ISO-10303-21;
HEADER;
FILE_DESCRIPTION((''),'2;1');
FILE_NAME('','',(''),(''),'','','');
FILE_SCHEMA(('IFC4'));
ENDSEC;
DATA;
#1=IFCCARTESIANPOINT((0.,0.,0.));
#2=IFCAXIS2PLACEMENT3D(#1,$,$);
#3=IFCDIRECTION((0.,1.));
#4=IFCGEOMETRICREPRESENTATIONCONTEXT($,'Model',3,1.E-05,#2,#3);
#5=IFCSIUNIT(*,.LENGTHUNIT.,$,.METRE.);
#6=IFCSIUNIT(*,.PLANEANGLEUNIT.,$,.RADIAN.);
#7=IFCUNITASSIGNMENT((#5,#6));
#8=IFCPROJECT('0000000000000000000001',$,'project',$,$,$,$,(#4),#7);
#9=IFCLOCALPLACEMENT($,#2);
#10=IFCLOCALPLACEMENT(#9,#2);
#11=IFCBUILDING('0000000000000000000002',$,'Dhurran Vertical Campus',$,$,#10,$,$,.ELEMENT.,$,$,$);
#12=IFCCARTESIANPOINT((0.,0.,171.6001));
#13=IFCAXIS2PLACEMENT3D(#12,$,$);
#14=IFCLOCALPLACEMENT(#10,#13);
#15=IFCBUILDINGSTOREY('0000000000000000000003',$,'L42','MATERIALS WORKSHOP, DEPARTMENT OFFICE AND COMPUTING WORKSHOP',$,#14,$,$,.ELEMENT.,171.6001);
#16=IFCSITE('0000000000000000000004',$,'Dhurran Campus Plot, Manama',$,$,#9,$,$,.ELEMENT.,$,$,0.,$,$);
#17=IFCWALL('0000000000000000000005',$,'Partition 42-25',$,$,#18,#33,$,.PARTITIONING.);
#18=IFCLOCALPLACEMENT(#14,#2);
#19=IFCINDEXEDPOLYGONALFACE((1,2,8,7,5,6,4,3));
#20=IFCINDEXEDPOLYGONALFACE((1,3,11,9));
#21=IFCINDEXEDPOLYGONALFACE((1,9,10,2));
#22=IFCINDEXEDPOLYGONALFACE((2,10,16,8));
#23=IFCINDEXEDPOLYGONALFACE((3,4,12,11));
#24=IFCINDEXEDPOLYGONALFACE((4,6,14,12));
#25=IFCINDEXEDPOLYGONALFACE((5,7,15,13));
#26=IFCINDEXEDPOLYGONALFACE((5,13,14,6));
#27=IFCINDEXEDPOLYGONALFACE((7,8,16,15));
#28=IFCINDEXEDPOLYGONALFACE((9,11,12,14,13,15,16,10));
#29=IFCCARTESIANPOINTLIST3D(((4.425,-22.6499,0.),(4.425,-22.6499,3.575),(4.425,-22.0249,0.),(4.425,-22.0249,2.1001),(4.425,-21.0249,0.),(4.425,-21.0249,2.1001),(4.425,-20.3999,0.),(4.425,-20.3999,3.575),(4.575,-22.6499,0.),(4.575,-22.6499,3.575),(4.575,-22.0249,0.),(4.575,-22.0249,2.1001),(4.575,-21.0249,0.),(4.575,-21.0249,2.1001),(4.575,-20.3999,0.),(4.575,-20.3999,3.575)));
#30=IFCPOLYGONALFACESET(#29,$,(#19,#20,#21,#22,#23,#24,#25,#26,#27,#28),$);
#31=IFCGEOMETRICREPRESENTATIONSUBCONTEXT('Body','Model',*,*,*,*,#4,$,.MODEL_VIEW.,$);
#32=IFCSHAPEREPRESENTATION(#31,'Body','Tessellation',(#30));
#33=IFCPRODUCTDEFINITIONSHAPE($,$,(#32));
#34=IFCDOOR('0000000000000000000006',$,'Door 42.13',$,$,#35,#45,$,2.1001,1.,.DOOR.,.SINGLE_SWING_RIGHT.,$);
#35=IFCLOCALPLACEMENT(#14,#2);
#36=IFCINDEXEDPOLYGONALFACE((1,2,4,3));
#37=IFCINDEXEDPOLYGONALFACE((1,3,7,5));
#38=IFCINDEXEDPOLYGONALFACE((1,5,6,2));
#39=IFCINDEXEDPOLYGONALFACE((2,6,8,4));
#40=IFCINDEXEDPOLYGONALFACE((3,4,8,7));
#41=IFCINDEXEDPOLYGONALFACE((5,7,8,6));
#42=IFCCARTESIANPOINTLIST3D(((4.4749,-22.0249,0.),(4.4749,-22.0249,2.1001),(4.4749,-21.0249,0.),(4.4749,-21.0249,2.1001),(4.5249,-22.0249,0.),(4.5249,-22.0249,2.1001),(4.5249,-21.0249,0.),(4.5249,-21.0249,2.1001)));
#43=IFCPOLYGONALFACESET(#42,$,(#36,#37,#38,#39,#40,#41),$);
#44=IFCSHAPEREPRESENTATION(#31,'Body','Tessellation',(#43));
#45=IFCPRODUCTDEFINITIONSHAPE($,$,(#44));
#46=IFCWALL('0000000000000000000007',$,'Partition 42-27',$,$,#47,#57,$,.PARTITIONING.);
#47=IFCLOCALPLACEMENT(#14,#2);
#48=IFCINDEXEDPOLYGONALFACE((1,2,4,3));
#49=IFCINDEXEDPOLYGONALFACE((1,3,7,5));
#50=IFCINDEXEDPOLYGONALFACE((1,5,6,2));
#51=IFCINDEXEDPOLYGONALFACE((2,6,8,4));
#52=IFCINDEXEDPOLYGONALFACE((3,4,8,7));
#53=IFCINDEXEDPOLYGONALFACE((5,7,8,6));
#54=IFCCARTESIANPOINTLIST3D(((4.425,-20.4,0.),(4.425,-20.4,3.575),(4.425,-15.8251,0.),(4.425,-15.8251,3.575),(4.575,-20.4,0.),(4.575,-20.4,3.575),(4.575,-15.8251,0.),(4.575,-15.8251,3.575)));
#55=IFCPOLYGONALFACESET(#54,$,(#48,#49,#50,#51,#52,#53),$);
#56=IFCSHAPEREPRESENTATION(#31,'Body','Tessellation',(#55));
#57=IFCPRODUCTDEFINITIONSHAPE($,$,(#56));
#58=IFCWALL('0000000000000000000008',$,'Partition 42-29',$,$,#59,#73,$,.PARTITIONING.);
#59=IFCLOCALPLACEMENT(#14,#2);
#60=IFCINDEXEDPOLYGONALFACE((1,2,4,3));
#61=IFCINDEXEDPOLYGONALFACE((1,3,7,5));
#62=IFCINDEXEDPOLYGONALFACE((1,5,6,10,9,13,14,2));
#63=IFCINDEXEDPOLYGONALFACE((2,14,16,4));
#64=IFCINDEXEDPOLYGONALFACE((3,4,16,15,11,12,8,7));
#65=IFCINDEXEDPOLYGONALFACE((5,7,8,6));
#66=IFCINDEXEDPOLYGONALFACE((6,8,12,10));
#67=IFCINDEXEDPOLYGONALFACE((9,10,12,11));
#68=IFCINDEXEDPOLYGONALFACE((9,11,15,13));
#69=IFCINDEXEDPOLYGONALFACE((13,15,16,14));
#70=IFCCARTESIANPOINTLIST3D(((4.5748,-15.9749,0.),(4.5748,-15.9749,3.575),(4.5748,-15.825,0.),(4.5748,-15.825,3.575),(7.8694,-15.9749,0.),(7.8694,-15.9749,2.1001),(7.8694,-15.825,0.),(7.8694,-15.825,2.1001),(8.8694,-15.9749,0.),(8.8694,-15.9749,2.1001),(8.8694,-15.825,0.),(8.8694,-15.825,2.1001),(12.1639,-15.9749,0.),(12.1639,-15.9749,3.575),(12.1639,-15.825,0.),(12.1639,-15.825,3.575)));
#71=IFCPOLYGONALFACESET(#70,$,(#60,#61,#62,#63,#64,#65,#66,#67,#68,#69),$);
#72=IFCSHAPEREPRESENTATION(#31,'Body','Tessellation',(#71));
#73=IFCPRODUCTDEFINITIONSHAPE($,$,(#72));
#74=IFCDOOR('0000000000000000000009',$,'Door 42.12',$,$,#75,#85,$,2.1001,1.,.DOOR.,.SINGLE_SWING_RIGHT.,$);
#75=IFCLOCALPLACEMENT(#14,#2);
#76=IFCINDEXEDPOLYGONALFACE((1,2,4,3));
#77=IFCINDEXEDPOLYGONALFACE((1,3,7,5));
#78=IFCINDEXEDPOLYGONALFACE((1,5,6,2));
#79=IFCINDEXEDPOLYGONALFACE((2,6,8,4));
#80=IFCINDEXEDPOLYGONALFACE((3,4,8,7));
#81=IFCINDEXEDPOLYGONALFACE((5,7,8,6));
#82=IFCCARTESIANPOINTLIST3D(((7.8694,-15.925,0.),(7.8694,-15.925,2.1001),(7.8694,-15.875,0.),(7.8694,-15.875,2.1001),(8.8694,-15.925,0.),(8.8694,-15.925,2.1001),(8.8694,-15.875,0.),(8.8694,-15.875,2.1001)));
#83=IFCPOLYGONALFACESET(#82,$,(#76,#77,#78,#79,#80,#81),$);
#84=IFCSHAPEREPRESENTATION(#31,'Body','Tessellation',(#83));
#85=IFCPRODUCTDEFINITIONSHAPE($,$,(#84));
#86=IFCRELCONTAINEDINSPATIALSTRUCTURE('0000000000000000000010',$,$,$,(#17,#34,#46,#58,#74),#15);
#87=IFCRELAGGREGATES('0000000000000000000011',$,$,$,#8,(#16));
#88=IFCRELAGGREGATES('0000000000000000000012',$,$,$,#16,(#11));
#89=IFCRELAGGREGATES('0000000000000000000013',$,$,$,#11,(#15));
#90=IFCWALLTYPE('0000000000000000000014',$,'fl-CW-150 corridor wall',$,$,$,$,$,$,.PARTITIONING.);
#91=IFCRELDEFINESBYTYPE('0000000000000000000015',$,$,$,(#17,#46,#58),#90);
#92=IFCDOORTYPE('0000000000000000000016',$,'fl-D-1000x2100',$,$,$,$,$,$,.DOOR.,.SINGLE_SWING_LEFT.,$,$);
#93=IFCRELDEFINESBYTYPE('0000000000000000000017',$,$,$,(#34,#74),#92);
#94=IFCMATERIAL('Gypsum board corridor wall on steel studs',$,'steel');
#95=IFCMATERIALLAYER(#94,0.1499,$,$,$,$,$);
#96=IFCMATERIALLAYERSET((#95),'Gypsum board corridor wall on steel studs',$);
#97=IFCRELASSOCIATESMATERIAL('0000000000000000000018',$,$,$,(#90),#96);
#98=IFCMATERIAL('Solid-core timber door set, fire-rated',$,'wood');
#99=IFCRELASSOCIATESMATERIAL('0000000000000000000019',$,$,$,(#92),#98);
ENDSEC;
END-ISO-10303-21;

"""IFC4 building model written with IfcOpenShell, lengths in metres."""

from ifc_helpers import new_model, si_unit, direction, frame, frame_2d, origin, place, context, subcontext, project, spatial, rectangle, extrude, material, layer, layer_set, type_object, element, fill, save


model = new_model("IFC4")

# Units and contexts
model_context = context("Model", 3, precision=1e-05, world=origin(), true_north=direction((0.0, 1.0)))
body_context = subcontext(model_context, "Body", "Model", "MODEL_VIEW")
ifc_project = project(units=[si_unit("LENGTHUNIT", "METRE"), si_unit("PLANEANGLEUNIT", "RADIAN")], contexts=[model_context])

# Site, building, storey
site_placement = place(None, origin())
site = spatial("IfcSite", under=ifc_project, at=site_placement, Name="Dhurran Campus Plot, Manama", CompositionType="ELEMENT", RefElevation=0.0)
building_placement = place(site_placement, origin())
building = spatial("IfcBuilding", under=site, at=building_placement, Name="Dhurran Vertical Campus", CompositionType="ELEMENT")
storey_placement = place(building_placement, frame((0.0, 0.0, 171.6001)))
storey = spatial("IfcBuildingStorey", under=building, at=storey_placement, Name="L42", Description="MATERIALS WORKSHOP, DEPARTMENT OFFICE AND COMPUTING WORKSHOP", CompositionType="ELEMENT", Elevation=171.6001)

# Wall, opening, door
ifc_material_1 = material(Name="Gypsum board corridor wall on steel studs", Category="steel")
ifc_layer_1 = layer(ifc_material_1, 0.1499)
ifc_layer_set_1 = layer_set([ifc_layer_1], Name="Gypsum board corridor wall on steel studs")
wall_type_1 = type_object("IfcWallType", Name="fl-CW-150 corridor wall", PredefinedType="PARTITIONING", material=ifc_layer_set_1)
wall_1_placement = place(storey_placement, frame((4.5, -20.3999, 0.0), z_axis=(0.0, 0.0, 1.0), x_axis=(0.0, -1.0, 0.0)))
wall_1 = element("IfcWall", 1, at=wall_1_placement, inside=storey, type_object=wall_type_1, Name="Partition 42-25", PredefinedType="PARTITIONING", context=body_context, shape_type="SweptSolid", body=[
    extrude(rectangle(XDim=2.25, YDim=0.1499, at=frame_2d((1.125, 0.0))), origin(), (0.0, 0.0, 1.0), 3.575),
])
opening_1_placement = place(wall_1_placement, frame((0.625, 0.0, 0.0)))
opening_1 = element("IfcOpeningElement", 2, at=opening_1_placement, cuts=wall_1, PredefinedType="OPENING", context=body_context, shape_type="SweptSolid", body=[
    extrude(rectangle(XDim=1.0, YDim=2.1001, at=frame_2d((0.5, 1.05))), frame((0.0, 0.085, 0.0), z_axis=(0.0, -1.0, 0.0), x_axis=(1.0, 0.0, 0.0)), (0.0, 0.0, 1.0), 0.1699),
])
ifc_material_2 = material(Name="Solid-core timber door set, fire-rated", Category="wood")
door_type_1 = type_object("IfcDoorType", Name="fl-D-1000x2100", OperationType="SINGLE_SWING_LEFT", PredefinedType="DOOR", material=ifc_material_2)
door_1_placement = place(opening_1_placement, origin())
door_1 = element("IfcDoor", 3, at=door_1_placement, inside=storey, type_object=door_type_1, Name="Door 42.13", OperationType="SINGLE_SWING_RIGHT", OverallHeight=2.1001, OverallWidth=1.0, PredefinedType="DOOR", context=body_context, shape_type="SweptSolid", body=[
    extrude(rectangle(XDim=1.0, YDim=2.1001, at=frame_2d((0.5, 1.05))), frame((0.0, 0.0249, 0.0), z_axis=(0.0, -1.0, 0.0), x_axis=(1.0, 0.0, 0.0)), (0.0, 0.0, 1.0), 0.05),
])
fill(opening_1, door_1)

# Wall
wall_2_placement = place(storey_placement, frame((4.5, -15.825, 0.0), z_axis=(0.0, 0.0, 1.0), x_axis=(0.0, -1.0, 0.0)))
element("IfcWall", 4, at=wall_2_placement, inside=storey, type_object=wall_type_1, Name="Partition 42-27", PredefinedType="PARTITIONING", context=body_context, shape_type="SweptSolid", body=[
    extrude(rectangle(XDim=4.575, YDim=0.1499, at=frame_2d((2.2876, 0.0))), origin(), (0.0, 0.0, 1.0), 3.575),
])

# Wall, opening, door
wall_3_placement = place(storey_placement, frame((4.575, -15.8999, 0.0), z_axis=(0.0, 0.0, 1.0), x_axis=(1.0, 0.0, 0.0)))
wall_3 = element("IfcWall", 5, at=wall_3_placement, inside=storey, type_object=wall_type_1, Name="Partition 42-29", PredefinedType="PARTITIONING", context=body_context, shape_type="SweptSolid", body=[
    extrude(rectangle(XDim=7.5891, YDim=0.1499, at=frame_2d((3.7944, 0.0))), origin(), (0.0, 0.0, 1.0), 3.575),
])
opening_2_placement = place(wall_3_placement, frame((3.2944, 0.0, 0.0)))
opening_2 = element("IfcOpeningElement", 6, at=opening_2_placement, cuts=wall_3, PredefinedType="OPENING", context=body_context, shape_type="SweptSolid", body=[
    extrude(rectangle(XDim=1.0, YDim=2.1001, at=frame_2d((0.5, 1.05))), frame((0.0, 0.085, 0.0), z_axis=(0.0, -1.0, 0.0), x_axis=(1.0, 0.0, 0.0)), (0.0, 0.0, 1.0), 0.1699),
])
door_2_placement = place(opening_2_placement, origin())
door_2 = element("IfcDoor", 7, at=door_2_placement, inside=storey, type_object=door_type_1, Name="Door 42.12", OperationType="SINGLE_SWING_RIGHT", OverallHeight=2.1001, OverallWidth=1.0, PredefinedType="DOOR", context=body_context, shape_type="SweptSolid", body=[
    extrude(rectangle(XDim=1.0, YDim=2.1001, at=frame_2d((0.5, 1.05))), frame((0.0, 0.0249, 0.0), z_axis=(0.0, -1.0, 0.0), x_axis=(1.0, 0.0, 0.0)), (0.0, 0.0, 1.0), 0.05),
])
fill(opening_2, door_2)

save(model, "model.ifc")
